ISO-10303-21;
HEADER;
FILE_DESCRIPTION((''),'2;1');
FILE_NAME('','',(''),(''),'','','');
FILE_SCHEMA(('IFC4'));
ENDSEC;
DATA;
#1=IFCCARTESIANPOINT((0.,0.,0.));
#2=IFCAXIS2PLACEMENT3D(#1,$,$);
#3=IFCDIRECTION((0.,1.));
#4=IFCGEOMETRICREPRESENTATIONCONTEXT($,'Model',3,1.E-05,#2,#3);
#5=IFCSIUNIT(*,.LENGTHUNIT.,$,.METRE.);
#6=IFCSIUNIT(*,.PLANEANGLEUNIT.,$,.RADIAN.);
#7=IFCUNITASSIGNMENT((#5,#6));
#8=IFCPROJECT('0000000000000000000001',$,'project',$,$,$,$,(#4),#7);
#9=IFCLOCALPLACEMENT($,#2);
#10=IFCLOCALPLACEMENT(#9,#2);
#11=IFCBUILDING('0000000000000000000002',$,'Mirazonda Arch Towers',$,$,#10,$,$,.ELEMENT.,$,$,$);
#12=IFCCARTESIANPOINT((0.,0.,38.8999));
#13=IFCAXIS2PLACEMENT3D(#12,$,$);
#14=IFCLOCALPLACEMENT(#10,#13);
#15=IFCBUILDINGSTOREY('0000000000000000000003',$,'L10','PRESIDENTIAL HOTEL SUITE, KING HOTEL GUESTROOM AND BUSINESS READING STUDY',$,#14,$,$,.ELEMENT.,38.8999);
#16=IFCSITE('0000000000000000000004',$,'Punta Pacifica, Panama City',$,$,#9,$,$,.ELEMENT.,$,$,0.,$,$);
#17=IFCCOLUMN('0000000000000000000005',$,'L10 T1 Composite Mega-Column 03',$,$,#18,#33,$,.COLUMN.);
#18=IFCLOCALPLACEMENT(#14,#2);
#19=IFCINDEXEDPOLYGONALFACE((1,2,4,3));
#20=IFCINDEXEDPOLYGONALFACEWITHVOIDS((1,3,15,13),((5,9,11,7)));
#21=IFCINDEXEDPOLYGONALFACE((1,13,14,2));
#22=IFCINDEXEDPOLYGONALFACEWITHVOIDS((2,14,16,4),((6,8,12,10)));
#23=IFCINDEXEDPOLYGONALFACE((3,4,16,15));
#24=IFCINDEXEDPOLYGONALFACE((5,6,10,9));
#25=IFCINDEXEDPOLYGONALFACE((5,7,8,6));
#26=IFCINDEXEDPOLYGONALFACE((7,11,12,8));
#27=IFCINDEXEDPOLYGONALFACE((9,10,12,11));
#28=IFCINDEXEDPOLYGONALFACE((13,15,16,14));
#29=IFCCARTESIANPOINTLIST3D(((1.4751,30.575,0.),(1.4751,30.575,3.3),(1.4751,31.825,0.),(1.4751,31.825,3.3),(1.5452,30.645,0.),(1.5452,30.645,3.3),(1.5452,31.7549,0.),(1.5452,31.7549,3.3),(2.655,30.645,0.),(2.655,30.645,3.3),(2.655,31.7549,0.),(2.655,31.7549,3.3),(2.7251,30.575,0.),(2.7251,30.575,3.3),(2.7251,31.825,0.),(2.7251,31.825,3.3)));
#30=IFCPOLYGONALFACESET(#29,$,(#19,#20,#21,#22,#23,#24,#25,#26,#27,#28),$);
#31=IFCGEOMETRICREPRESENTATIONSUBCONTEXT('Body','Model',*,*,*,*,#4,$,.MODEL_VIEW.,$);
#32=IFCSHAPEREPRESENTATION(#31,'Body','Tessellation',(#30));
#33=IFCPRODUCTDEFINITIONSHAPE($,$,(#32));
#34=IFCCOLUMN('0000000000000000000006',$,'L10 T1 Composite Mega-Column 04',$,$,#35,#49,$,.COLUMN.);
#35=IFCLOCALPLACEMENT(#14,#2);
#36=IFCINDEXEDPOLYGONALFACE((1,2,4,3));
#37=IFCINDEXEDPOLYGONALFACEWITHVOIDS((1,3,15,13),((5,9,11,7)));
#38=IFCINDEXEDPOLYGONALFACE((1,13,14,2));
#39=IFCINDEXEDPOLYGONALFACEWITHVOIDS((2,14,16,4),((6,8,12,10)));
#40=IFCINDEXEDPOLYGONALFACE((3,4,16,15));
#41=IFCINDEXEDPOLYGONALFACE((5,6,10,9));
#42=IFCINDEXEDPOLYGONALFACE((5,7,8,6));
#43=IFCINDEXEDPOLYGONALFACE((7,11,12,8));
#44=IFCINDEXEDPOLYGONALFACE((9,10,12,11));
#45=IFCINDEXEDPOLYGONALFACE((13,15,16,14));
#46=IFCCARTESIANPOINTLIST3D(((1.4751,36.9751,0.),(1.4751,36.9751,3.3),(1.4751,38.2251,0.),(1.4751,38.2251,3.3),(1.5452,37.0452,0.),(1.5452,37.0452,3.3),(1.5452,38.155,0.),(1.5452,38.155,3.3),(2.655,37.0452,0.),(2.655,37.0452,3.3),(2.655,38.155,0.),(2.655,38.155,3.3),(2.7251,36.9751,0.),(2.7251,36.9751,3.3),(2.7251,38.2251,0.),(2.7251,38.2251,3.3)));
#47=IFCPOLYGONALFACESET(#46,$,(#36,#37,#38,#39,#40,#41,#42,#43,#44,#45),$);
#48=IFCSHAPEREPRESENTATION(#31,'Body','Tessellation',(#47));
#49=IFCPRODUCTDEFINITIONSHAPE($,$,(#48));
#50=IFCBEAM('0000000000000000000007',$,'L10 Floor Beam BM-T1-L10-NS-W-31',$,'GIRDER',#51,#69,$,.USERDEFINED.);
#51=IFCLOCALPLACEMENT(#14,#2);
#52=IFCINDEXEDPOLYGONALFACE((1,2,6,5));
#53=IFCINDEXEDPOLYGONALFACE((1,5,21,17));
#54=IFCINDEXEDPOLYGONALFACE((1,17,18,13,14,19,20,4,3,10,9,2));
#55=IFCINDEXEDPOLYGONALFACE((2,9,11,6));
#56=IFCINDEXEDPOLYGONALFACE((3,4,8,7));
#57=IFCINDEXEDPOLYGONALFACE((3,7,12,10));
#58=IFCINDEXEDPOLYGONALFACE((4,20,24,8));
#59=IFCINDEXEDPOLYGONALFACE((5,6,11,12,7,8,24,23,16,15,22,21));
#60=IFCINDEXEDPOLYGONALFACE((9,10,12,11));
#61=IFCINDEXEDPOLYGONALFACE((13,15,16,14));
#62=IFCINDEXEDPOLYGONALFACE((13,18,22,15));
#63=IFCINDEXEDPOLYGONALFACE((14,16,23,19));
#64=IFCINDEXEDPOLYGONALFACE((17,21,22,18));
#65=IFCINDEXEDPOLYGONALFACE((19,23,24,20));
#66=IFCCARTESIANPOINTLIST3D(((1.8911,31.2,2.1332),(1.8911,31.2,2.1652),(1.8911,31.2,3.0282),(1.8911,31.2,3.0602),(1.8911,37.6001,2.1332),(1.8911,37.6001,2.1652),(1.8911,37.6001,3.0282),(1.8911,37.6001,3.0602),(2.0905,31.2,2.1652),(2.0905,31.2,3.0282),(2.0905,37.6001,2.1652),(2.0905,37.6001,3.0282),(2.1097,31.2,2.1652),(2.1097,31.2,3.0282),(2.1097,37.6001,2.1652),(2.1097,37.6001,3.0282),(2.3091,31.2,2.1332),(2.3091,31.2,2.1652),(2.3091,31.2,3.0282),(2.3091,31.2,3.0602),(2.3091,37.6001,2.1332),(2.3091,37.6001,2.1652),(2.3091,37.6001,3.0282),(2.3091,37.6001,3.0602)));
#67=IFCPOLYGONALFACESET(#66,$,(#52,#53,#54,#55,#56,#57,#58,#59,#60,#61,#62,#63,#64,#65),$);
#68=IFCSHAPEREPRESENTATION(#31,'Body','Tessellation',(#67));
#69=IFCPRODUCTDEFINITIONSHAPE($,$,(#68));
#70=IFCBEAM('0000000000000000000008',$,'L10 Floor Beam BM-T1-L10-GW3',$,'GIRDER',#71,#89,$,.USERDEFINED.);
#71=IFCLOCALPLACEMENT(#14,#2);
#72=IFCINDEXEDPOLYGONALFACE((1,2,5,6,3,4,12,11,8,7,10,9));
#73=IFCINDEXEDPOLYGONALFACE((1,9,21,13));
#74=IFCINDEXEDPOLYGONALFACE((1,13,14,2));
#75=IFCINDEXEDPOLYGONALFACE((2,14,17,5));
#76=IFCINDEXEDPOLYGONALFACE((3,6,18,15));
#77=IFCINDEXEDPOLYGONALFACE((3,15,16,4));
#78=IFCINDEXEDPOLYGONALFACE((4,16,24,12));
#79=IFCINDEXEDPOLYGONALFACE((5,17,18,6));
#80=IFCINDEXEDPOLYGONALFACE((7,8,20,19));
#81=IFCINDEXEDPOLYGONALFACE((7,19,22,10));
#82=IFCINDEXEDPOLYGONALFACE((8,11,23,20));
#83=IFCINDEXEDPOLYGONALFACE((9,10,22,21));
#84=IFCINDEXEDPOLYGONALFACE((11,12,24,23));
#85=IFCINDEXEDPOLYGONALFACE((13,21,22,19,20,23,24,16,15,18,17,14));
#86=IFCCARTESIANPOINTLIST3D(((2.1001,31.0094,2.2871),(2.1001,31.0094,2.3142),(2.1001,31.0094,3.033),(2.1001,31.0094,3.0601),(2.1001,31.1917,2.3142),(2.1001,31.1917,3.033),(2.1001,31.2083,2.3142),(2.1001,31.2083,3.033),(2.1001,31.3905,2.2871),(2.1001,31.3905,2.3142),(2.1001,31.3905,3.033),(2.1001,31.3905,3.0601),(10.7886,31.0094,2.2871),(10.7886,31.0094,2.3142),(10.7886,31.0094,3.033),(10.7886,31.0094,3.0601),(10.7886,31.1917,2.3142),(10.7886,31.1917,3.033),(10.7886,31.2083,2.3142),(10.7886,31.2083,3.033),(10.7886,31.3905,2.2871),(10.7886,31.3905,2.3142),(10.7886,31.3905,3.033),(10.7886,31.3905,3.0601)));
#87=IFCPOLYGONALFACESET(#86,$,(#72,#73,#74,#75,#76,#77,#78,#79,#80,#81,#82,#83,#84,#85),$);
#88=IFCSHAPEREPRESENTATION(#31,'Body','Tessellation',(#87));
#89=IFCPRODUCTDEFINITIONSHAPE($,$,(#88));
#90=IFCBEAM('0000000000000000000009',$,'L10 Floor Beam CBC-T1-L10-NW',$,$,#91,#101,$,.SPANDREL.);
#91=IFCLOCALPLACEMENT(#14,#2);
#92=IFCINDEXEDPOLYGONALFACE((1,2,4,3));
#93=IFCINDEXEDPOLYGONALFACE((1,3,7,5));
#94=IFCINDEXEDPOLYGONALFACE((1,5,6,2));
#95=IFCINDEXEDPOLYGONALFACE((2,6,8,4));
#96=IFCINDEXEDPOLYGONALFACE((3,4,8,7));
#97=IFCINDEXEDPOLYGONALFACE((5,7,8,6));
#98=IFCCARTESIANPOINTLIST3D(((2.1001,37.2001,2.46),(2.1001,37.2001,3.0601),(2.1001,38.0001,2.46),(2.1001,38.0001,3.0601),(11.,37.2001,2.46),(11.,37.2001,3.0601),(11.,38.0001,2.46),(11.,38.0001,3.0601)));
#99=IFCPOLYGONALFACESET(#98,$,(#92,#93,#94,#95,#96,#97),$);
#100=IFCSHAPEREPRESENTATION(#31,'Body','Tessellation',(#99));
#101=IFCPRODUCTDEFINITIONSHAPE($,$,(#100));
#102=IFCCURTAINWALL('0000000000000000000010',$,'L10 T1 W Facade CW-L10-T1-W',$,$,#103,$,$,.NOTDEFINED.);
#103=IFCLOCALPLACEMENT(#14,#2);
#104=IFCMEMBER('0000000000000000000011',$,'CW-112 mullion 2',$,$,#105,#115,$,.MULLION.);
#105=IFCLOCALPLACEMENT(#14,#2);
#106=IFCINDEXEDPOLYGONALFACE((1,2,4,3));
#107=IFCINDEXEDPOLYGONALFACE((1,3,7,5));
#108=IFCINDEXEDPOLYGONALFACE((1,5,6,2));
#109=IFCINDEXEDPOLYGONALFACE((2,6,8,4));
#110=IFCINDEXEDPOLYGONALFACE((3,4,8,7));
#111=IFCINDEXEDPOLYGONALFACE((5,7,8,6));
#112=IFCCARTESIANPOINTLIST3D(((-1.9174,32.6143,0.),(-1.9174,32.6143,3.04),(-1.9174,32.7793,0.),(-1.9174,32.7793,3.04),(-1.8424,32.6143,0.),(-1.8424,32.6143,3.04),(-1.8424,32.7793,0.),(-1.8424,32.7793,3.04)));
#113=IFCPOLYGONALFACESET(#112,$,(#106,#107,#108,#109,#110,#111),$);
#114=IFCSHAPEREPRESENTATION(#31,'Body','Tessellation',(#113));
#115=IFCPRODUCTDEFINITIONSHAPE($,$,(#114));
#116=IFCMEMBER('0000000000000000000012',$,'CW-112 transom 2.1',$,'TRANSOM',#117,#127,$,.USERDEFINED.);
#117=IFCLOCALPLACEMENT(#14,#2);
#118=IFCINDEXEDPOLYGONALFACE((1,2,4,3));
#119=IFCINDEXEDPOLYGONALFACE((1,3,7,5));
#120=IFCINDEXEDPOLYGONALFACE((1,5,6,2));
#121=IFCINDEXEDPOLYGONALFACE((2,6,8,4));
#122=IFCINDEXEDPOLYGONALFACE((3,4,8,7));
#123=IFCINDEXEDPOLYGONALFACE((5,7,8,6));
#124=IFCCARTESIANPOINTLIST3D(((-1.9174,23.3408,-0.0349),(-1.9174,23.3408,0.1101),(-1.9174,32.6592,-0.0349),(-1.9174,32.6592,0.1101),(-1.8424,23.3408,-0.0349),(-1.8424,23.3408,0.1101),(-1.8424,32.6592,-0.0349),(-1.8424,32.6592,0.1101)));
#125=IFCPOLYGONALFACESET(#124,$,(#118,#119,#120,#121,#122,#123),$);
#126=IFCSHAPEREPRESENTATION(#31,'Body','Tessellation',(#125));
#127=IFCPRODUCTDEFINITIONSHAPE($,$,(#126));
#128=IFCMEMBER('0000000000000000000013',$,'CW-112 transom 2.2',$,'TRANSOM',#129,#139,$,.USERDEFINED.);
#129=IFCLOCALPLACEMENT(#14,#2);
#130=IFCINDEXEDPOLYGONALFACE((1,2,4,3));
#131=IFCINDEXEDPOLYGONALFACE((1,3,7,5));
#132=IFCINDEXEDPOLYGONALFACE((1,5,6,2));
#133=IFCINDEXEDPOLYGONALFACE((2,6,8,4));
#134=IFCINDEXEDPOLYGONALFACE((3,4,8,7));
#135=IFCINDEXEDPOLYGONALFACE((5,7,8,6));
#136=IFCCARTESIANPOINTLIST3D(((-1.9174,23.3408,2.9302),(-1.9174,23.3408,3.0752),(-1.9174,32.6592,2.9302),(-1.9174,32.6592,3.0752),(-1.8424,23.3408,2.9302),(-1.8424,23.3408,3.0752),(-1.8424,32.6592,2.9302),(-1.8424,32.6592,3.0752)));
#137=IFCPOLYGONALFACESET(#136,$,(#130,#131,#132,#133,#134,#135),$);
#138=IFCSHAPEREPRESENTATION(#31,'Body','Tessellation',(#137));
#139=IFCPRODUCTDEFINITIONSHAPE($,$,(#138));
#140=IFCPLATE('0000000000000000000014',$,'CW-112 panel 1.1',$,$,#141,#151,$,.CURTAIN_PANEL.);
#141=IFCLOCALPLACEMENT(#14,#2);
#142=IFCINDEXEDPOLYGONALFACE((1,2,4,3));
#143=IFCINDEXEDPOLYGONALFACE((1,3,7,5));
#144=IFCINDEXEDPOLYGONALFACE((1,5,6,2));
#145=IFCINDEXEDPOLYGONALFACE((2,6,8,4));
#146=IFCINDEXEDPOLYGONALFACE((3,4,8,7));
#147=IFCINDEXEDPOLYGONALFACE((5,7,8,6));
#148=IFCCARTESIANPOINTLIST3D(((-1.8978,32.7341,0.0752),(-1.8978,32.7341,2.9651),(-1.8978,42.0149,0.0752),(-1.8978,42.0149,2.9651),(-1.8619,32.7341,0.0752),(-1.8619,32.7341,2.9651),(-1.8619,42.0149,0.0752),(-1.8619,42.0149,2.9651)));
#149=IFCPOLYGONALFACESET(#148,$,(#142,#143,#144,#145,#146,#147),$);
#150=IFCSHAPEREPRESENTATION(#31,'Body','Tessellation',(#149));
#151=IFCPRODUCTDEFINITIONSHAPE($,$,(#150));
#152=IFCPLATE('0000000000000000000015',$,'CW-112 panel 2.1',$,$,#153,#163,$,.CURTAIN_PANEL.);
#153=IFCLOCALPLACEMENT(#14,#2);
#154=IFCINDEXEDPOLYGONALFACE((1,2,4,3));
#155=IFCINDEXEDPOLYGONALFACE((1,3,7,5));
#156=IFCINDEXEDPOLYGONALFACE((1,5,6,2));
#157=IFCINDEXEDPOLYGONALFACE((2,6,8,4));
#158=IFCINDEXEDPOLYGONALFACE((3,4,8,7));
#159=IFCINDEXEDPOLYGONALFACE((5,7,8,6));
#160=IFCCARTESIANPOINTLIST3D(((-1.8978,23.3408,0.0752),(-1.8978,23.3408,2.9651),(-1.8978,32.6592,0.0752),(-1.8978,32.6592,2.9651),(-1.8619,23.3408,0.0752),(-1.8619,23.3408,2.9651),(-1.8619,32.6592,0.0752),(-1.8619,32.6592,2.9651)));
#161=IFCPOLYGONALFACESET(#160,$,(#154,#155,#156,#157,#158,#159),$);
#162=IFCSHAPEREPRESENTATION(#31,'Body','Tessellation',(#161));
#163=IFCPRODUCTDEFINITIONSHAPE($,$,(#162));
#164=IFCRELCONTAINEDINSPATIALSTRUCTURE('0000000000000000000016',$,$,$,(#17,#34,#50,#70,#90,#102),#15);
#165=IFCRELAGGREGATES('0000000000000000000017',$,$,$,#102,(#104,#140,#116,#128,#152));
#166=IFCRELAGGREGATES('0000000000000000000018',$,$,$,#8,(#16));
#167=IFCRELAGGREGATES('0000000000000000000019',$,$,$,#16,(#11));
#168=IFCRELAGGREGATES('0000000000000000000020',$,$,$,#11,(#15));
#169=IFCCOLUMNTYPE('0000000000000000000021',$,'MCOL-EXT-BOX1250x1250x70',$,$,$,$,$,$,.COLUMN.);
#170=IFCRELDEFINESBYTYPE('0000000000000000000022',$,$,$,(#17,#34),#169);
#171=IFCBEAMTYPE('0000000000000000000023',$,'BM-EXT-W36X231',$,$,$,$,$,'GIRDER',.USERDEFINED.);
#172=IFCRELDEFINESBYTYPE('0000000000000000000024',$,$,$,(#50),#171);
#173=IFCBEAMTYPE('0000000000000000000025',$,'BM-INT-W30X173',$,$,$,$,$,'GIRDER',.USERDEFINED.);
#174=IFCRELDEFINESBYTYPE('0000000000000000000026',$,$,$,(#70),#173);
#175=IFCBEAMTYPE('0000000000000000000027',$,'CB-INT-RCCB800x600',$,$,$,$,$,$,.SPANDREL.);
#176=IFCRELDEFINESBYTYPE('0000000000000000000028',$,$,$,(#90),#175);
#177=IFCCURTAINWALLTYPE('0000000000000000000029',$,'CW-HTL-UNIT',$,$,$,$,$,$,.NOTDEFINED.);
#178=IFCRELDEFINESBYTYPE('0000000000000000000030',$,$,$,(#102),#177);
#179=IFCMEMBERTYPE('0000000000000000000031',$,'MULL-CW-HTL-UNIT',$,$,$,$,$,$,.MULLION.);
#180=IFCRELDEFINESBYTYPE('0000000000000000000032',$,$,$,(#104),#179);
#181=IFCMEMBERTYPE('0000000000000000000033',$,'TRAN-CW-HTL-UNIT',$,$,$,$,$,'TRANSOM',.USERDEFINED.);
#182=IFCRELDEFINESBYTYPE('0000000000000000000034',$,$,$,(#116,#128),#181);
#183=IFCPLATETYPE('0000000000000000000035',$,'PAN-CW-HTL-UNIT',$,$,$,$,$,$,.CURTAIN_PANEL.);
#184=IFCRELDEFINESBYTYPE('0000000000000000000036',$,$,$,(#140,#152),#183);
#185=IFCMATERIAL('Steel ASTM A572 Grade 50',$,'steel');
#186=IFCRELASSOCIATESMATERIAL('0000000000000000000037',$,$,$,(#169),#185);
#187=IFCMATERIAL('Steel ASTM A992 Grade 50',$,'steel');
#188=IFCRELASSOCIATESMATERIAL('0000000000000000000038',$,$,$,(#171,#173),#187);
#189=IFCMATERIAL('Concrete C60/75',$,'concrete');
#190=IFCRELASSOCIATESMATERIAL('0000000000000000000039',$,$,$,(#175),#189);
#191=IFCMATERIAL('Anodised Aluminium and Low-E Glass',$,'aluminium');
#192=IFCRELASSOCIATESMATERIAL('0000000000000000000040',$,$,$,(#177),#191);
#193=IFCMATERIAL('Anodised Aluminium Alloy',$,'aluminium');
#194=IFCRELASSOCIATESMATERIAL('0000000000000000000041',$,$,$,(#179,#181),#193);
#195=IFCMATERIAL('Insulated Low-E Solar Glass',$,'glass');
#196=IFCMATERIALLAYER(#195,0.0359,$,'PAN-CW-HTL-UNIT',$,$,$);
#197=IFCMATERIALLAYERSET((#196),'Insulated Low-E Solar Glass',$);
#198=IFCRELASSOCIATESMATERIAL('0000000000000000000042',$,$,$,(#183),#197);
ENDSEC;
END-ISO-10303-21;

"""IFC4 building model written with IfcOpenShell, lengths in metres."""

from ifc_helpers import new_model, si_unit, direction, frame, origin, origin_2d, place, context, subcontext, project, spatial, rectangle, hollow_rectangle, i_section, extrude, material, layer, layer_set, material_profile, profile_set, type_object, element, aggregate, save


model = new_model("IFC4")

# Units and contexts
model_context = context("Model", 3, precision=1e-05, world=origin(), true_north=direction((0.0, 1.0)))
body_context = subcontext(model_context, "Body", "Model", "MODEL_VIEW")
ifc_project = project(units=[si_unit("LENGTHUNIT", "METRE"), si_unit("PLANEANGLEUNIT", "RADIAN")], contexts=[model_context])

# Site, building, storey
site_placement = place(None, origin())
site = spatial("IfcSite", under=ifc_project, at=site_placement, Name="Punta Pacifica, Panama City", CompositionType="ELEMENT", RefElevation=0.0)
building_placement = place(site_placement, origin())
building = spatial("IfcBuilding", under=site, at=building_placement, Name="Mirazonda Arch Towers", CompositionType="ELEMENT")
storey_placement = place(building_placement, frame((0.0, 0.0, 38.8999)))
storey = spatial("IfcBuildingStorey", under=building, at=storey_placement, Name="L10", Description="PRESIDENTIAL HOTEL SUITE, KING HOTEL GUESTROOM AND BUSINESS READING STUDY", CompositionType="ELEMENT", Elevation=38.8999)

# Columns
ifc_material_1 = material(Name="Steel ASTM A572 Grade 50", Category="steel")
ifc_material_profile_1 = material_profile(ifc_material_1, hollow_rectangle(XDim=1.25, YDim=1.25, WallThickness=0.0701, at=origin_2d()), Name="BOX1250x1250x70")
ifc_profile_set_1 = profile_set([ifc_material_profile_1], Name="Steel ASTM A572 Grade 50")
column_type = type_object("IfcColumnType", Name="MCOL-EXT-BOX1250x1250x70", PredefinedType="COLUMN", material=ifc_profile_set_1)
for number, where, z_axis, x_axis, name in (
    (1, (2.1001, 31.2, 0.0), (0.0, 0.0, 1.0), (1.0, 0.0, 0.0), "L10 T1 Composite Mega-Column 03"),
    (2, (2.1001, 37.6001, 0.0), (0.0, 0.0, 1.0), (1.0, 0.0, 0.0), "L10 T1 Composite Mega-Column 04"),
):
    element("IfcColumn", number, at=place(storey_placement, frame(where, z_axis=z_axis, x_axis=x_axis)), inside=storey, type_object=column_type, Name=name, PredefinedType="COLUMN", context=body_context, shape_type="SweptSolid", body=[
        extrude(hollow_rectangle(XDim=1.25, YDim=1.25, WallThickness=0.0701, at=origin_2d()), origin(), (0.0, 0.0, 1.0), 3.3),
    ])

# Beams
ifc_material_2 = material(Name="Steel ASTM A992 Grade 50", Category="steel")
ifc_material_profile_2 = material_profile(ifc_material_2, i_section(OverallWidth=0.418, OverallDepth=0.927, WebThickness=0.0193, FlangeThickness=0.032, at=origin_2d()), Name="W36X231")
ifc_profile_set_2 = profile_set([ifc_material_profile_2], Name="Steel ASTM A992 Grade 50")
beam_type_1 = type_object("IfcBeamType", Name="BM-EXT-W36X231", ElementType="GIRDER", PredefinedType="USERDEFINED", material=ifc_profile_set_2)
beam_1_placement = place(storey_placement, frame((2.1001, 31.2, 2.5967), z_axis=(0.0, 1.0, 0.0), x_axis=(-1.0, 0.0, 0.0)))
element("IfcBeam", 3, at=beam_1_placement, inside=storey, type_object=beam_type_1, Name="L10 Floor Beam BM-T1-L10-NS-W-31", ObjectType="GIRDER", PredefinedType="USERDEFINED", context=body_context, shape_type="SweptSolid", body=[
    extrude(i_section(OverallWidth=0.418, OverallDepth=0.927, WebThickness=0.0193, FlangeThickness=0.032, at=origin_2d()), origin(), (0.0, 0.0, 1.0), 6.4001),
])
ifc_material_profile_3 = material_profile(ifc_material_2, i_section(OverallWidth=0.3811, OverallDepth=0.7729, WebThickness=0.0166, FlangeThickness=0.0271, at=origin_2d()), Name="W30X173")
ifc_profile_set_3 = profile_set([ifc_material_profile_3], Name="Steel ASTM A992 Grade 50")
beam_type_2 = type_object("IfcBeamType", Name="BM-INT-W30X173", ElementType="GIRDER", PredefinedType="USERDEFINED", material=ifc_profile_set_3)
beam_2_placement = place(storey_placement, frame((2.1001, 31.2, 2.6736), z_axis=(1.0, 0.0, 0.0), x_axis=(0.0, 1.0, 0.0)))
element("IfcBeam", 4, at=beam_2_placement, inside=storey, type_object=beam_type_2, Name="L10 Floor Beam BM-T1-L10-GW3", ObjectType="GIRDER", PredefinedType="USERDEFINED", context=body_context, shape_type="SweptSolid", body=[
    extrude(i_section(OverallWidth=0.3811, OverallDepth=0.7729, WebThickness=0.0166, FlangeThickness=0.0271, at=origin_2d()), origin(), (0.0, 0.0, 1.0), 8.6885),
])
ifc_material_3 = material(Name="Concrete C60/75", Category="concrete")
ifc_material_profile_4 = material_profile(ifc_material_3, rectangle(XDim=0.8, YDim=0.6001, at=origin_2d()), Name="RCCB800x600")
ifc_profile_set_4 = profile_set([ifc_material_profile_4], Name="Concrete C60/75")
beam_type_3 = type_object("IfcBeamType", Name="CB-INT-RCCB800x600", PredefinedType="SPANDREL", material=ifc_profile_set_4)
beam_3_placement = place(storey_placement, frame((2.1001, 37.6001, 2.76), z_axis=(1.0, 0.0, 0.0), x_axis=(0.0, 1.0, 0.0)))
element("IfcBeam", 5, at=beam_3_placement, inside=storey, type_object=beam_type_3, Name="L10 Floor Beam CBC-T1-L10-NW", PredefinedType="SPANDREL", context=body_context, shape_type="SweptSolid", body=[
    extrude(rectangle(XDim=0.8, YDim=0.6001, at=origin_2d()), origin(), (0.0, 0.0, 1.0), 8.8999),
])

# Curtain wall, members, plates
ifc_material_4 = material(Name="Anodised Aluminium and Low-E Glass", Category="aluminium")
curtain_wall_type = type_object("IfcCurtainWallType", Name="CW-HTL-UNIT", PredefinedType="NOTDEFINED", material=ifc_material_4)
curtain_wall_placement = place(storey_placement, origin())
curtain_wall = element("IfcCurtainWall", 6, at=curtain_wall_placement, inside=storey, type_object=curtain_wall_type, Name="L10 T1 W Facade CW-L10-T1-W", PredefinedType="NOTDEFINED")
ifc_material_5 = material(Name="Anodised Aluminium Alloy", Category="aluminium")
ifc_material_profile_5 = material_profile(ifc_material_5, rectangle(XDim=0.075, YDim=0.165, at=origin_2d()), Name="ALU-MULL-75x165")
ifc_profile_set_5 = profile_set([ifc_material_profile_5], Name="Anodised Aluminium Alloy")
member_type_1 = type_object("IfcMemberType", Name="MULL-CW-HTL-UNIT", PredefinedType="MULLION", material=ifc_profile_set_5)
member_1_placement = place(storey_placement, frame((-1.8799, 32.6968, 0.0), z_axis=(0.0, 0.0, 1.0), x_axis=(1.0, 0.0, 0.0)))
member_1 = element("IfcMember", 7, at=member_1_placement, type_object=member_type_1, Name="CW-112 mullion 2", PredefinedType="MULLION", context=body_context, shape_type="SweptSolid", body=[
    extrude(rectangle(XDim=0.075, YDim=0.165, at=origin_2d()), origin(), (0.0, 0.0, 1.0), 3.04),
])
ifc_material_profile_6 = material_profile(ifc_material_5, rectangle(XDim=0.075, YDim=0.145, at=origin_2d()), Name="ALU-TRAN-75x145")
ifc_profile_set_6 = profile_set([ifc_material_profile_6], Name="Anodised Aluminium Alloy")
member_type_2 = type_object("IfcMemberType", Name="TRAN-CW-HTL-UNIT", ElementType="TRANSOM", PredefinedType="USERDEFINED", material=ifc_profile_set_6)
member_2_placement = place(storey_placement, frame((-1.8799, 32.6592, 0.0376), z_axis=(0.0, -1.0, 0.0), x_axis=(1.0, 0.0, 0.0)))
member_2 = element("IfcMember", 8, at=member_2_placement, type_object=member_type_2, Name="CW-112 transom 2.1", ObjectType="TRANSOM", PredefinedType="USERDEFINED", context=body_context, shape_type="SweptSolid", body=[
    extrude(rectangle(XDim=0.075, YDim=0.145, at=origin_2d()), origin(), (0.0, 0.0, 1.0), 9.3184),
])
member_3_placement = place(storey_placement, frame((-1.8799, 32.6592, 3.0027), z_axis=(0.0, -1.0, 0.0), x_axis=(1.0, 0.0, 0.0)))
member_3 = element("IfcMember", 9, at=member_3_placement, type_object=member_type_2, Name="CW-112 transom 2.2", ObjectType="TRANSOM", PredefinedType="USERDEFINED", context=body_context, shape_type="SweptSolid", body=[
    extrude(rectangle(XDim=0.075, YDim=0.145, at=origin_2d()), origin(), (0.0, 0.0, 1.0), 9.3184),
])
ifc_material_6 = material(Name="Insulated Low-E Solar Glass", Category="glass")
ifc_layer_1 = layer(ifc_material_6, 0.0359, Name="PAN-CW-HTL-UNIT")
ifc_layer_set_1 = layer_set([ifc_layer_1], Name="Insulated Low-E Solar Glass")
plate_type = type_object("IfcPlateType", Name="PAN-CW-HTL-UNIT", PredefinedType="CURTAIN_PANEL", material=ifc_layer_set_1)
plate_1_placement = place(storey_placement, frame((-1.8799, 37.3745, 0.0752), z_axis=(0.0, 0.0, 1.0), x_axis=(0.0, -1.0, 0.0)))
plate_1 = element("IfcPlate", 10, at=plate_1_placement, type_object=plate_type, Name="CW-112 panel 1.1", PredefinedType="CURTAIN_PANEL", context=body_context, shape_type="SweptSolid", body=[
    extrude(rectangle(XDim=9.2808, YDim=0.0359, at=origin_2d()), origin(), (0.0, 0.0, 1.0), 2.8899),
])
plate_2_placement = place(storey_placement, frame((-1.8799, 28.0, 0.0752), z_axis=(0.0, 0.0, 1.0), x_axis=(0.0, -1.0, 0.0)))
plate_2 = element("IfcPlate", 11, at=plate_2_placement, type_object=plate_type, Name="CW-112 panel 2.1", PredefinedType="CURTAIN_PANEL", context=body_context, shape_type="SweptSolid", body=[
    extrude(rectangle(XDim=9.3184, YDim=0.0359, at=origin_2d()), origin(), (0.0, 0.0, 1.0), 2.8899),
])
aggregate(curtain_wall, [member_1, plate_1, member_2, member_3, plate_2])

save(model, "model.ifc")
